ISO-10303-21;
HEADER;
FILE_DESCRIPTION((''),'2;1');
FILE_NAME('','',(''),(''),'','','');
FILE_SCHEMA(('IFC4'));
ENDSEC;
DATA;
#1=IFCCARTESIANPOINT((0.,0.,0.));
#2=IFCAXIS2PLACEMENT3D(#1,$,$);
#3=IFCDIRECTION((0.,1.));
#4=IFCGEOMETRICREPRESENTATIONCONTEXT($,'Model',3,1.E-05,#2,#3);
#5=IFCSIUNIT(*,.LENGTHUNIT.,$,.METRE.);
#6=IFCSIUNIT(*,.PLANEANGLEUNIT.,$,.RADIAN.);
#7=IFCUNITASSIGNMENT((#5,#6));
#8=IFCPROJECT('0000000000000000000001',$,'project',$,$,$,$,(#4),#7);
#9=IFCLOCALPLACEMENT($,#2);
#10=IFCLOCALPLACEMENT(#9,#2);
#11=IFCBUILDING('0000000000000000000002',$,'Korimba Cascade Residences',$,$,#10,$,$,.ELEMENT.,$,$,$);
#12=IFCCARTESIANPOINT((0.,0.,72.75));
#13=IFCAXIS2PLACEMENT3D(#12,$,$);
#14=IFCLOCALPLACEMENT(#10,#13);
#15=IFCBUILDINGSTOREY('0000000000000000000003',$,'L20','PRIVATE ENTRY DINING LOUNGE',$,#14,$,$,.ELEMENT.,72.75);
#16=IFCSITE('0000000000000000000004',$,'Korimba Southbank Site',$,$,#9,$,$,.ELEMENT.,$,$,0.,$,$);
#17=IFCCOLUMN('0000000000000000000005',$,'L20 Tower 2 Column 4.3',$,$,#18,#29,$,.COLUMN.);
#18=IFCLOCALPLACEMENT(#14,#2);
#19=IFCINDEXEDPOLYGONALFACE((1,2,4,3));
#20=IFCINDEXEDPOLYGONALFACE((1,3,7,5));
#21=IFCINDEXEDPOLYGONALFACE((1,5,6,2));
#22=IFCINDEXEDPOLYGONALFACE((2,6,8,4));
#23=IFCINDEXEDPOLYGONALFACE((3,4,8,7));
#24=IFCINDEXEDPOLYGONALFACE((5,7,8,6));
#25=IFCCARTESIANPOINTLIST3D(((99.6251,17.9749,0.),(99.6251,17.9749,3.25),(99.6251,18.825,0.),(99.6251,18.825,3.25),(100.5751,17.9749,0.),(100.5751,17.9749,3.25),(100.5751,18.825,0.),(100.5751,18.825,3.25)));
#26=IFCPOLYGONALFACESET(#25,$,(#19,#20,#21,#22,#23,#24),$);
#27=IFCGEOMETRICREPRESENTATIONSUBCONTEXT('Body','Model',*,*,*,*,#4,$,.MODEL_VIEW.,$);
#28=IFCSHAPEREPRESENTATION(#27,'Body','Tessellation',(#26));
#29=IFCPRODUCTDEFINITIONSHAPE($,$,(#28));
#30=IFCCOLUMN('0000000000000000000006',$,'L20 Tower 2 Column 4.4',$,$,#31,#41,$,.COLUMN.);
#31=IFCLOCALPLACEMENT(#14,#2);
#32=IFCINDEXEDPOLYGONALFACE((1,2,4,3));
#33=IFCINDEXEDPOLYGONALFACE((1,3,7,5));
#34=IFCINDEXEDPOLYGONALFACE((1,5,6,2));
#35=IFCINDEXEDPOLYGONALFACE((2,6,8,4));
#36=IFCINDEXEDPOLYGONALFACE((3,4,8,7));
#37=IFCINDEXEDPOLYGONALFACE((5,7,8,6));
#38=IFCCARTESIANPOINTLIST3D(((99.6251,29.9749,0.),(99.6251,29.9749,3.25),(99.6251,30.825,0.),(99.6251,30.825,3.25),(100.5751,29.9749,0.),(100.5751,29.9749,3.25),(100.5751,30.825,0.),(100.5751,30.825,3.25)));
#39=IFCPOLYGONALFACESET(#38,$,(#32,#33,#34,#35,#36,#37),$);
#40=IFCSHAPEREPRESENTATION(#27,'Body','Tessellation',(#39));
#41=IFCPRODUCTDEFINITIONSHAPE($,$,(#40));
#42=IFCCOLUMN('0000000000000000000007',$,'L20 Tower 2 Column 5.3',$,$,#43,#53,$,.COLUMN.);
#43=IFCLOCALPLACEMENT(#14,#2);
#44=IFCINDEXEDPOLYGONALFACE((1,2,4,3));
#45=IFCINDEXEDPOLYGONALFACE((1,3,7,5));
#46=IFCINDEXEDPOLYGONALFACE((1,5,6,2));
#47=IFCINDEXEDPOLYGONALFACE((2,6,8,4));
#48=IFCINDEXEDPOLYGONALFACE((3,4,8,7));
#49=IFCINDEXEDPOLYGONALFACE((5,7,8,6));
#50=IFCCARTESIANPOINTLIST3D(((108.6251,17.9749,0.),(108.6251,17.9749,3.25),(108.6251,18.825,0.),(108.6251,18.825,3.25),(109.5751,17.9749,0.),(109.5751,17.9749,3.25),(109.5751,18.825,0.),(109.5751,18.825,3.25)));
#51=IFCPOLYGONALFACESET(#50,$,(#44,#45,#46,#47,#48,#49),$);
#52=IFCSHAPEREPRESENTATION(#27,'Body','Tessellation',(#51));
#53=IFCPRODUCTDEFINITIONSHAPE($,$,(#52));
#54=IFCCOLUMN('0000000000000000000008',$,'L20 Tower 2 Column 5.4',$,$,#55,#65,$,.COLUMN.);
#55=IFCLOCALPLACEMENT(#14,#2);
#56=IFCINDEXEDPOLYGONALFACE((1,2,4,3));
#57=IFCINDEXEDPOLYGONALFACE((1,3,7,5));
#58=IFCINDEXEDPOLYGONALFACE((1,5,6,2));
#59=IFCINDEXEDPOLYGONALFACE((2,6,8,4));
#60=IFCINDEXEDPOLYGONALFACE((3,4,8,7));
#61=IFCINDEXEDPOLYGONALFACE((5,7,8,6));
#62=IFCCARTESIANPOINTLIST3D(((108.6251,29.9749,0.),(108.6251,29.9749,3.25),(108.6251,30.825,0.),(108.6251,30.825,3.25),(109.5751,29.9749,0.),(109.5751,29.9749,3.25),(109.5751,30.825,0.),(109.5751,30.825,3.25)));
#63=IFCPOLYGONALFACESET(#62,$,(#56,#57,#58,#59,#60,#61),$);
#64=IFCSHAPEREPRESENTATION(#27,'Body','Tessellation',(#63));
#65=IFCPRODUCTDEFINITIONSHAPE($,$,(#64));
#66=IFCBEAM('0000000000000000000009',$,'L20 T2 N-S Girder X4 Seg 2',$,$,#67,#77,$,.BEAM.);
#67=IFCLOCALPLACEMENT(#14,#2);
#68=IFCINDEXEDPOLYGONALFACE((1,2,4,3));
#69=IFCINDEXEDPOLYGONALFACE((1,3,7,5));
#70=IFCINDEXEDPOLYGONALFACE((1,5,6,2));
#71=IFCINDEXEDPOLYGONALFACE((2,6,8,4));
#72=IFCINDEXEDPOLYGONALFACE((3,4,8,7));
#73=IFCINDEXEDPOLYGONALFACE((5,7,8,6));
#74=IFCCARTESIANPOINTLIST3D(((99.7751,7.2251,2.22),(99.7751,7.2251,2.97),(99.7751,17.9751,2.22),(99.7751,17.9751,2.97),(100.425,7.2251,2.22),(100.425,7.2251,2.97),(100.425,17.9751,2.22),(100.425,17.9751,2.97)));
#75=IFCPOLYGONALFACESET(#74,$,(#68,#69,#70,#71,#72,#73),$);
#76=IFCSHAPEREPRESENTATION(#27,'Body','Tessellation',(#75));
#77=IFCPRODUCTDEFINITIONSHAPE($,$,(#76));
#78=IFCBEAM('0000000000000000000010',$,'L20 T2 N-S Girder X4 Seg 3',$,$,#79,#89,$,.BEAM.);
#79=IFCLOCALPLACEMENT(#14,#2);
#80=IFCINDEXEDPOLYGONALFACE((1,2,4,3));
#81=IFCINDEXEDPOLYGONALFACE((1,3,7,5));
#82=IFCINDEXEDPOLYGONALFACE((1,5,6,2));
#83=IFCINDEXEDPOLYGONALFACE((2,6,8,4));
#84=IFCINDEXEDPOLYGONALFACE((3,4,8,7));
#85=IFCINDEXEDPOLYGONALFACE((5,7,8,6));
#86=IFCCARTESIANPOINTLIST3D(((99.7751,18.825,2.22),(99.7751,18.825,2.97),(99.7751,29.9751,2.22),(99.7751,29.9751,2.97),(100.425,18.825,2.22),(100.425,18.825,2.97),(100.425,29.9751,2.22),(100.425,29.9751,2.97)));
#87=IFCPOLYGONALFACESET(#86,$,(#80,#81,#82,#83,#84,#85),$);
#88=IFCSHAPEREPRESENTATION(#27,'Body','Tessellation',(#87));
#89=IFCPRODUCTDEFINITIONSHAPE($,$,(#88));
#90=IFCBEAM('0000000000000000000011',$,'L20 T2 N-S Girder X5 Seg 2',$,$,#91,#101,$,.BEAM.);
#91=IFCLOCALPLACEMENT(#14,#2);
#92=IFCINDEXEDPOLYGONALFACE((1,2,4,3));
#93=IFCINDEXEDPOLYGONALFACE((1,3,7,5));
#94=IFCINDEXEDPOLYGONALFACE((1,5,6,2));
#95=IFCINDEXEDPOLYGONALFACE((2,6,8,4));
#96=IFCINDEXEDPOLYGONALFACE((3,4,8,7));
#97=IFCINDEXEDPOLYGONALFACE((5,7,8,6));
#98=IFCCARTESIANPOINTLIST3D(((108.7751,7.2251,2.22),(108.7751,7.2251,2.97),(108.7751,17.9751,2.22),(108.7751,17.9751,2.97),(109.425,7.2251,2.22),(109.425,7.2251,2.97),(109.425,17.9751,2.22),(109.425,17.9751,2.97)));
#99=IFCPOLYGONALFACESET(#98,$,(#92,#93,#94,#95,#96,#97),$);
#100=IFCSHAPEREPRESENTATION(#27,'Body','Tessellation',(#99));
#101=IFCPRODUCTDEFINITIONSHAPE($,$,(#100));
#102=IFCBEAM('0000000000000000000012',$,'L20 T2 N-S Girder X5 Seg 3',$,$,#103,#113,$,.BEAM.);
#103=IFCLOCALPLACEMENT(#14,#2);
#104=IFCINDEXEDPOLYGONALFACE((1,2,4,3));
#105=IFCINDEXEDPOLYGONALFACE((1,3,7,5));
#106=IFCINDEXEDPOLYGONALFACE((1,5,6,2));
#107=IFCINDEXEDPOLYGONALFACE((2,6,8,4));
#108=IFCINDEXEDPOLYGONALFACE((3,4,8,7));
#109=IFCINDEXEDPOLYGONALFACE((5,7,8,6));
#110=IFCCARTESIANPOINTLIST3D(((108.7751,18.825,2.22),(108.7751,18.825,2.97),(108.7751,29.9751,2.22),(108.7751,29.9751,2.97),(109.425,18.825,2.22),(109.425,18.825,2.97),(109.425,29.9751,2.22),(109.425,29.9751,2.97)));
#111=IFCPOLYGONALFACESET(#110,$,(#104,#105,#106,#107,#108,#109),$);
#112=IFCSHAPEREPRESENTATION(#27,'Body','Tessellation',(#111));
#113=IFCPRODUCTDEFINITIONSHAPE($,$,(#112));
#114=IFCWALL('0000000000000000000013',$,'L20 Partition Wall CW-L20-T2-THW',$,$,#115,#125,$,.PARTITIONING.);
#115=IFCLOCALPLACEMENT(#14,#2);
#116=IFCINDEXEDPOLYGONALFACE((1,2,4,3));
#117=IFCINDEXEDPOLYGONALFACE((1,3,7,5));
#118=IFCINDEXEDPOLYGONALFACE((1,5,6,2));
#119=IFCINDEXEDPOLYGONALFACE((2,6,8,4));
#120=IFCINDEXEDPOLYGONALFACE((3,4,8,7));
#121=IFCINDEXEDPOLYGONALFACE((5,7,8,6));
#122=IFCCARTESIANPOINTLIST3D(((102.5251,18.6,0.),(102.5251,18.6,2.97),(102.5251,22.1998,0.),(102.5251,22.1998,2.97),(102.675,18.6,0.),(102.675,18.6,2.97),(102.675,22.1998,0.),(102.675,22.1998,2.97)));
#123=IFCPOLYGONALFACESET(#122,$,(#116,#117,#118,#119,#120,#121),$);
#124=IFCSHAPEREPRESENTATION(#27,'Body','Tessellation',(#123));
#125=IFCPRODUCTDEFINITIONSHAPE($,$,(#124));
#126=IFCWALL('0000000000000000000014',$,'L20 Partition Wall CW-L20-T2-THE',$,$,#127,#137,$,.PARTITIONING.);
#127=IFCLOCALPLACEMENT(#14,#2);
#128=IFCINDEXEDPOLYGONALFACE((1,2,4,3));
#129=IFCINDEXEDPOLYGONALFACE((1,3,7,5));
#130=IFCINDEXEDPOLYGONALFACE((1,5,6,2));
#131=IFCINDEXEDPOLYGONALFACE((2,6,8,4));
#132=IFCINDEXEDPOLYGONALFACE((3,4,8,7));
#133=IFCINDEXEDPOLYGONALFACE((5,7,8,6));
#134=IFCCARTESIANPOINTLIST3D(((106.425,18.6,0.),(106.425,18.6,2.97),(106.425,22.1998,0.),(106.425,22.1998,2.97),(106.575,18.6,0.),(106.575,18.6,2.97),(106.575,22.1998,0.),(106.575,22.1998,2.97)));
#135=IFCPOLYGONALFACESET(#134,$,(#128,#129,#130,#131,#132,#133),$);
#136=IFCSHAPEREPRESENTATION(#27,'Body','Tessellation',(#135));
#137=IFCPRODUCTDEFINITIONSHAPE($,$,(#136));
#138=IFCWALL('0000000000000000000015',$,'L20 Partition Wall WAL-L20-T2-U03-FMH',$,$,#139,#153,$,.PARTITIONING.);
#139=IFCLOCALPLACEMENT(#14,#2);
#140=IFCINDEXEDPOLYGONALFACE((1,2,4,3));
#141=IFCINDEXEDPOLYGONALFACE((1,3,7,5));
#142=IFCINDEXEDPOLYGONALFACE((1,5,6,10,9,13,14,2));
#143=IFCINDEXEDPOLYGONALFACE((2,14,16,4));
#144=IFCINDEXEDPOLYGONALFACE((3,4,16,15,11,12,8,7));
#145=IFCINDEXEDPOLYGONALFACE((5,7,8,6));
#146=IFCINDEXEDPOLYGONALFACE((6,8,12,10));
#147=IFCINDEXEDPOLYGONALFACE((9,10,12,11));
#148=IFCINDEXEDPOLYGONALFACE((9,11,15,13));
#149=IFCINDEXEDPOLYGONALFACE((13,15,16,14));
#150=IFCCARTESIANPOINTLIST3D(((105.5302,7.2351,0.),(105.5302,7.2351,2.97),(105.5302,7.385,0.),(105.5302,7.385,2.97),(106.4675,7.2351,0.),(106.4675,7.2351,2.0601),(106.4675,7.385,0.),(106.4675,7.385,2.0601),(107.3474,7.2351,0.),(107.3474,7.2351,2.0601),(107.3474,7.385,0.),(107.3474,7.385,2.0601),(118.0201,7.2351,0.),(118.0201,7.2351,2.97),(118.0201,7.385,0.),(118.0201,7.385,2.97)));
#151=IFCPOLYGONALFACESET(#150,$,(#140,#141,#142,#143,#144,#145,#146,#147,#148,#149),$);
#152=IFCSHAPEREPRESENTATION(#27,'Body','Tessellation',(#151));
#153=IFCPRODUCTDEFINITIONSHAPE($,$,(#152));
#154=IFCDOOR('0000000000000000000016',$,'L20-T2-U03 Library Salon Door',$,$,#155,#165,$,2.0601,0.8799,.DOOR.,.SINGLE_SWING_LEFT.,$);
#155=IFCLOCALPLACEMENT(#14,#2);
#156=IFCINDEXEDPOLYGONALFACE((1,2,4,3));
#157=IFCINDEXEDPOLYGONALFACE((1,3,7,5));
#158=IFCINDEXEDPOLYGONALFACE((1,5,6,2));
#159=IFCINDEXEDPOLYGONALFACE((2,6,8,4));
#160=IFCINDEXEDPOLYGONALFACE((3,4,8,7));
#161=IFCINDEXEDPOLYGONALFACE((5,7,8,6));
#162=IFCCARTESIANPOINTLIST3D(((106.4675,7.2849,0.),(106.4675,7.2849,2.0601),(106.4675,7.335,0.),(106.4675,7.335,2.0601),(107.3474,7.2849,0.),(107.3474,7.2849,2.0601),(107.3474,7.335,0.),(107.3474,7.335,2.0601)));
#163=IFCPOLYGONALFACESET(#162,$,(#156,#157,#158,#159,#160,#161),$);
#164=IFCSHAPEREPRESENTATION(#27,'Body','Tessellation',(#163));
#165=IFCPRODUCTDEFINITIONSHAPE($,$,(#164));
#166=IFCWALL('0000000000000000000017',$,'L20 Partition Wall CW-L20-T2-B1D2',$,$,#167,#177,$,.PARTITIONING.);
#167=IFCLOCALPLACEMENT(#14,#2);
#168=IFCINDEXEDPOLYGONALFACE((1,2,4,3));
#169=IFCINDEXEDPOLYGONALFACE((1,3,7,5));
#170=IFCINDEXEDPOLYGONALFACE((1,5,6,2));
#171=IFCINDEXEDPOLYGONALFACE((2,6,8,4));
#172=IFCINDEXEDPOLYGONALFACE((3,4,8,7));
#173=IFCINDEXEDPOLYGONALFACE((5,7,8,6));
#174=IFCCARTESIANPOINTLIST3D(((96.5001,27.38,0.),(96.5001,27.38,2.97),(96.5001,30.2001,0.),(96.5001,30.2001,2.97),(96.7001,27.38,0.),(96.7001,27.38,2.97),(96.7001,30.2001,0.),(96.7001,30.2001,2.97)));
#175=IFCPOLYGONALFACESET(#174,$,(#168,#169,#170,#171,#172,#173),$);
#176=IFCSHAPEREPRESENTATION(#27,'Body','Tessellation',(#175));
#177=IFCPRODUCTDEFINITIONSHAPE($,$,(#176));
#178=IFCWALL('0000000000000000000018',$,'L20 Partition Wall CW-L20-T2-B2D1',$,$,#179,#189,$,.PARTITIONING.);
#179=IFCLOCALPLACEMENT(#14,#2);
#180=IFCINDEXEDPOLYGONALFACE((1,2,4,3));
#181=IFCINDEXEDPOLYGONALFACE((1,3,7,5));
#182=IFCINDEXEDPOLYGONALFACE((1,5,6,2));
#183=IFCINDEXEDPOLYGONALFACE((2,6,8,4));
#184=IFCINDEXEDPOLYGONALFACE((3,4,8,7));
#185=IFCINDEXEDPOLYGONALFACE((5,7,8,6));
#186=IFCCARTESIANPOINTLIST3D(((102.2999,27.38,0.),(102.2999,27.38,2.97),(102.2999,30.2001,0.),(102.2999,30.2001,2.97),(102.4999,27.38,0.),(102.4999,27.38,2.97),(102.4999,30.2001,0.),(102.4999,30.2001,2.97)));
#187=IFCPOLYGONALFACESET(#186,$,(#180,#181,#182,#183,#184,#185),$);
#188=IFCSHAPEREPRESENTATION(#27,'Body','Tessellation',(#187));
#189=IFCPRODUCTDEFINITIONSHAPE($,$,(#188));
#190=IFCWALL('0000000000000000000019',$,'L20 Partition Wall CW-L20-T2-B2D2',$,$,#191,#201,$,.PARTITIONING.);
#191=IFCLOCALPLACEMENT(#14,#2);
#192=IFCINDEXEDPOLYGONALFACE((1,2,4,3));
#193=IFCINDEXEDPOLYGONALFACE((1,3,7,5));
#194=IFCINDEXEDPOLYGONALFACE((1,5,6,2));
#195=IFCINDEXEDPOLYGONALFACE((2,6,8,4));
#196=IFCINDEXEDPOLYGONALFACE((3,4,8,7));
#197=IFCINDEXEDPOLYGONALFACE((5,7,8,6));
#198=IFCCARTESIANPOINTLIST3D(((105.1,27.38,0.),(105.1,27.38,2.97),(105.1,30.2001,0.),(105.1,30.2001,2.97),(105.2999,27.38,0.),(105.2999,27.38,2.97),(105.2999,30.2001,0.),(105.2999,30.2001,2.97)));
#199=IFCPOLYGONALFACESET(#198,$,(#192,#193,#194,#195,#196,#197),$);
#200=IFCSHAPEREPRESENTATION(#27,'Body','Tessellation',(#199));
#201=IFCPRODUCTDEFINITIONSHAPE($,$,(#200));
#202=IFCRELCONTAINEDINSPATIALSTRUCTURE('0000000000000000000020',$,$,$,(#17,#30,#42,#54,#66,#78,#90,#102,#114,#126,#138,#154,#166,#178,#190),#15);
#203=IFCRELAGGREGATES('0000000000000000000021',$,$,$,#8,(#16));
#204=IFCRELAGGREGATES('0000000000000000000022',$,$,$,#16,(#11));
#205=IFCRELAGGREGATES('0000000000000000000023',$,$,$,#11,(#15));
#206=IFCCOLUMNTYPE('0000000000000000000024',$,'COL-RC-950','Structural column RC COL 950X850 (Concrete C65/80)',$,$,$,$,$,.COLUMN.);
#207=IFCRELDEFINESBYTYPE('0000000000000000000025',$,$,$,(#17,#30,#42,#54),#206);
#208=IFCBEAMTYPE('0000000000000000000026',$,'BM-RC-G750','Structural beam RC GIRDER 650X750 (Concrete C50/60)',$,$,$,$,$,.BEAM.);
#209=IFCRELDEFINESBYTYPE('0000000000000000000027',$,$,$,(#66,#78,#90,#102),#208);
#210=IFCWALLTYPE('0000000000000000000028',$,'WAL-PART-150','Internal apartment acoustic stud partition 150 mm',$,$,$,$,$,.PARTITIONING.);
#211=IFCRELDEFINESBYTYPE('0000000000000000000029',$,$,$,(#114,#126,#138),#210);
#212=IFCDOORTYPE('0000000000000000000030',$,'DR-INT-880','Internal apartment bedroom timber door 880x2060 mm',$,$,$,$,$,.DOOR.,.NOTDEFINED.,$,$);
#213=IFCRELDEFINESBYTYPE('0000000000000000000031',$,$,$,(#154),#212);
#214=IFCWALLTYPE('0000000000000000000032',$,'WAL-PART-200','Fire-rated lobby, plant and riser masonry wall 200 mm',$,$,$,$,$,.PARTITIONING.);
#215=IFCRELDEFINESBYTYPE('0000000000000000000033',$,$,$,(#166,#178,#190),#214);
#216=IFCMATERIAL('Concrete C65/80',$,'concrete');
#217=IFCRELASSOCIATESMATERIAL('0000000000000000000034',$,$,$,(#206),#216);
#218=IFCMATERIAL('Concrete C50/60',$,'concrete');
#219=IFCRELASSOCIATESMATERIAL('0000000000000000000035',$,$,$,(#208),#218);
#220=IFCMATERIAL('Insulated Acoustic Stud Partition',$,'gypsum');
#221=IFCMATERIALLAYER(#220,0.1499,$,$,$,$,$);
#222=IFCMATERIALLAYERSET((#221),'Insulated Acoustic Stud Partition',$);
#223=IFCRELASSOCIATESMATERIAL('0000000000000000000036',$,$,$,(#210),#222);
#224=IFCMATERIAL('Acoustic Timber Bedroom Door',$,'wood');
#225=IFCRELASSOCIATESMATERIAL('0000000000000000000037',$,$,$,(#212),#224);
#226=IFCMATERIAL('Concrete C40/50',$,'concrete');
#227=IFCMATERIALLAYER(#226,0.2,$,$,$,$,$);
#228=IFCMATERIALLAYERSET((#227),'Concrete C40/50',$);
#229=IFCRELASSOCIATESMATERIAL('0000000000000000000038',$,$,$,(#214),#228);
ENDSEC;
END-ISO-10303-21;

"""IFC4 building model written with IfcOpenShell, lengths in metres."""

from ifc_helpers import new_model, si_unit, direction, frame, frame_2d, origin, origin_2d, place, context, subcontext, project, spatial, rectangle, extrude, material, layer, layer_set, material_profile, profile_set, type_object, element, fill, save


model = new_model("IFC4")

# Units and contexts
model_context = context("Model", 3, precision=1e-05, world=origin(), true_north=direction((0.0, 1.0)))
body_context = subcontext(model_context, "Body", "Model", "MODEL_VIEW")
ifc_project = project(units=[si_unit("LENGTHUNIT", "METRE"), si_unit("PLANEANGLEUNIT", "RADIAN")], contexts=[model_context])

# Site, building, storey
site_placement = place(None, origin())
site = spatial("IfcSite", under=ifc_project, at=site_placement, Name="Korimba Southbank Site", CompositionType="ELEMENT", RefElevation=0.0)
building_placement = place(site_placement, origin())
building = spatial("IfcBuilding", under=site, at=building_placement, Name="Korimba Cascade Residences", CompositionType="ELEMENT")
storey_placement = place(building_placement, frame((0.0, 0.0, 72.75)))
storey = spatial("IfcBuildingStorey", under=building, at=storey_placement, Name="L20", Description="PRIVATE ENTRY DINING LOUNGE", CompositionType="ELEMENT", Elevation=72.75)

# Columns
ifc_material_1 = material(Name="Concrete C65/80", Category="concrete")
ifc_material_profile_1 = material_profile(ifc_material_1, rectangle(XDim=0.95, YDim=0.8501, at=origin_2d()), Name="Concrete C65/80")
ifc_profile_set_1 = profile_set([ifc_material_profile_1], Name="Concrete C65/80")
column_type = type_object("IfcColumnType", Name="COL-RC-950", Description="Structural column RC COL 950X850 (Concrete C65/80)", PredefinedType="COLUMN", material=ifc_profile_set_1)
for number, where, z_axis, x_axis, name in (
    (1, (100.1001, 18.3999, 0.0), (0.0, 0.0, 1.0), (1.0, 0.0, 0.0), "L20 Tower 2 Column 4.3"),
    (2, (100.1001, 30.3999, 0.0), (0.0, 0.0, 1.0), (1.0, 0.0, 0.0), "L20 Tower 2 Column 4.4"),
    (3, (109.1001, 18.3999, 0.0), (0.0, 0.0, 1.0), (1.0, 0.0, 0.0), "L20 Tower 2 Column 5.3"),
    (4, (109.1001, 30.3999, 0.0), (0.0, 0.0, 1.0), (1.0, 0.0, 0.0), "L20 Tower 2 Column 5.4"),
):
    element("IfcColumn", number, at=place(storey_placement, frame(where, z_axis=z_axis, x_axis=x_axis)), inside=storey, type_object=column_type, Name=name, PredefinedType="COLUMN", context=body_context, shape_type="SweptSolid", body=[
        extrude(rectangle(XDim=0.95, YDim=0.8501, at=origin_2d()), origin(), (0.0, 0.0, 1.0), 3.25),
    ])

# Beams
ifc_material_2 = material(Name="Concrete C50/60", Category="concrete")
ifc_material_profile_2 = material_profile(ifc_material_2, rectangle(XDim=0.6499, YDim=0.75, at=origin_2d()), Name="Concrete C50/60")
ifc_profile_set_2 = profile_set([ifc_material_profile_2], Name="Concrete C50/60")
beam_type = type_object("IfcBeamType", Name="BM-RC-G750", Description="Structural beam RC GIRDER 650X750 (Concrete C50/60)", PredefinedType="BEAM", material=ifc_profile_set_2)
beam_1_placement = place(storey_placement, frame((100.1001, 7.2251, 2.595), z_axis=(0.0, 1.0, 0.0), x_axis=(-1.0, 0.0, 0.0)))
element("IfcBeam", 5, at=beam_1_placement, inside=storey, type_object=beam_type, Name="L20 T2 N-S Girder X4 Seg 2", PredefinedType="BEAM", context=body_context, shape_type="SweptSolid", body=[
    extrude(rectangle(XDim=0.6499, YDim=0.75, at=origin_2d()), origin(), (0.0, 0.0, 1.0), 10.75),
])
beam_2_placement = place(storey_placement, frame((100.1001, 18.825, 2.595), z_axis=(0.0, 1.0, 0.0), x_axis=(-1.0, 0.0, 0.0)))
element("IfcBeam", 6, at=beam_2_placement, inside=storey, type_object=beam_type, Name="L20 T2 N-S Girder X4 Seg 3", PredefinedType="BEAM", context=body_context, shape_type="SweptSolid", body=[
    extrude(rectangle(XDim=0.6499, YDim=0.75, at=origin_2d()), origin(), (0.0, 0.0, 1.0), 11.1501),
])
beam_3_placement = place(storey_placement, frame((109.1001, 7.2251, 2.595), z_axis=(0.0, 1.0, 0.0), x_axis=(-1.0, 0.0, 0.0)))
element("IfcBeam", 7, at=beam_3_placement, inside=storey, type_object=beam_type, Name="L20 T2 N-S Girder X5 Seg 2", PredefinedType="BEAM", context=body_context, shape_type="SweptSolid", body=[
    extrude(rectangle(XDim=0.6499, YDim=0.75, at=origin_2d()), origin(), (0.0, 0.0, 1.0), 10.75),
])
beam_4_placement = place(storey_placement, frame((109.1001, 18.825, 2.595), z_axis=(0.0, 1.0, 0.0), x_axis=(-1.0, 0.0, 0.0)))
element("IfcBeam", 8, at=beam_4_placement, inside=storey, type_object=beam_type, Name="L20 T2 N-S Girder X5 Seg 3", PredefinedType="BEAM", context=body_context, shape_type="SweptSolid", body=[
    extrude(rectangle(XDim=0.6499, YDim=0.75, at=origin_2d()), origin(), (0.0, 0.0, 1.0), 11.1501),
])

# Walls
ifc_material_3 = material(Name="Insulated Acoustic Stud Partition", Category="gypsum")
ifc_layer_1 = layer(ifc_material_3, 0.1499)
ifc_layer_set_1 = layer_set([ifc_layer_1], Name="Insulated Acoustic Stud Partition")
wall_type_1 = type_object("IfcWallType", Name="WAL-PART-150", Description="Internal apartment acoustic stud partition 150 mm", PredefinedType="PARTITIONING", material=ifc_layer_set_1)
for number, where, z_axis, x_axis, name in (
    (9, (102.6001, 18.6001, 0.0), (0.0, 0.0, 1.0), (0.0, 1.0, 0.0), "L20 Partition Wall CW-L20-T2-THW"),
    (10, (106.5, 18.6001, 0.0), (0.0, 0.0, 1.0), (0.0, 1.0, 0.0), "L20 Partition Wall CW-L20-T2-THE"),
):
    element("IfcWall", number, at=place(storey_placement, frame(where, z_axis=z_axis, x_axis=x_axis)), inside=storey, type_object=wall_type_1, Name=name, PredefinedType="PARTITIONING", context=body_context, shape_type="SweptSolid", body=[
        extrude(rectangle(XDim=3.5999, YDim=0.1499, at=frame_2d((1.7998, 0.0))), origin(), (0.0, 0.0, 1.0), 2.97),
    ])

# Wall, opening, door
wall_1_placement = place(storey_placement, frame((105.53, 7.3101, 0.0), z_axis=(0.0, 0.0, 1.0), x_axis=(1.0, 0.0, 0.0)))
wall_1 = element("IfcWall", 11, at=wall_1_placement, inside=storey, type_object=wall_type_1, Name="L20 Partition Wall WAL-L20-T2-U03-FMH", PredefinedType="PARTITIONING", context=body_context, shape_type="SweptSolid", body=[
    extrude(rectangle(XDim=12.49, YDim=0.1499, at=frame_2d((6.2451, 0.0))), origin(), (0.0, 0.0, 1.0), 2.97),
])
opening_1_placement = place(wall_1_placement, frame((0.9375, 0.0, 0.0)))
opening_1 = element("IfcOpeningElement", 12, at=opening_1_placement, cuts=wall_1, PredefinedType="OPENING", context=body_context, shape_type="SweptSolid", body=[
    extrude(rectangle(XDim=0.8799, YDim=2.0601, at=frame_2d((0.4399, 1.03))), frame((0.0, 0.085, 0.0), z_axis=(0.0, -1.0, 0.0), x_axis=(1.0, 0.0, 0.0)), (0.0, 0.0, 1.0), 0.1699),
])
ifc_material_4 = material(Name="Acoustic Timber Bedroom Door", Category="wood")
door_type_1 = type_object("IfcDoorType", Name="DR-INT-880", Description="Internal apartment bedroom timber door 880x2060 mm", OperationType="NOTDEFINED", PredefinedType="DOOR", material=ifc_material_4)
door_1_placement = place(opening_1_placement, origin())
door_1 = element("IfcDoor", 13, at=door_1_placement, inside=storey, type_object=door_type_1, Name="L20-T2-U03 Library Salon Door", OperationType="SINGLE_SWING_LEFT", OverallHeight=2.0601, OverallWidth=0.8799, PredefinedType="DOOR", context=body_context, shape_type="SweptSolid", body=[
    extrude(rectangle(XDim=0.8799, YDim=2.0601, at=frame_2d((0.4399, 1.03))), frame((0.0, 0.0249, 0.0), z_axis=(0.0, -1.0, 0.0), x_axis=(1.0, 0.0, 0.0)), (0.0, 0.0, 1.0), 0.05),
])
fill(opening_1, door_1)

# Walls
ifc_material_5 = material(Name="Concrete C40/50", Category="concrete")
ifc_layer_2 = layer(ifc_material_5, 0.2)
ifc_layer_set_2 = layer_set([ifc_layer_2], Name="Concrete C40/50")
wall_type_2 = type_object("IfcWallType", Name="WAL-PART-200", Description="Fire-rated lobby, plant and riser masonry wall 200 mm", PredefinedType="PARTITIONING", material=ifc_layer_set_2)
for number, where, z_axis, x_axis, name in (
    (14, (96.6001, 27.3799, 0.0), (0.0, 0.0, 1.0), (0.0, 1.0, 0.0), "L20 Partition Wall CW-L20-T2-B1D2"),
    (15, (102.3999, 27.3799, 0.0), (0.0, 0.0, 1.0), (0.0, 1.0, 0.0), "L20 Partition Wall CW-L20-T2-B2D1"),
    (16, (105.2, 27.3799, 0.0), (0.0, 0.0, 1.0), (0.0, 1.0, 0.0), "L20 Partition Wall CW-L20-T2-B2D2"),
):
    element("IfcWall", number, at=place(storey_placement, frame(where, z_axis=z_axis, x_axis=x_axis)), inside=storey, type_object=wall_type_2, Name=name, PredefinedType="PARTITIONING", context=body_context, shape_type="SweptSolid", body=[
        extrude(rectangle(XDim=2.8201, YDim=0.2, at=frame_2d((1.4102, 0.0))), origin(), (0.0, 0.0, 1.0), 2.97),
    ])

save(model, "model.ifc")
